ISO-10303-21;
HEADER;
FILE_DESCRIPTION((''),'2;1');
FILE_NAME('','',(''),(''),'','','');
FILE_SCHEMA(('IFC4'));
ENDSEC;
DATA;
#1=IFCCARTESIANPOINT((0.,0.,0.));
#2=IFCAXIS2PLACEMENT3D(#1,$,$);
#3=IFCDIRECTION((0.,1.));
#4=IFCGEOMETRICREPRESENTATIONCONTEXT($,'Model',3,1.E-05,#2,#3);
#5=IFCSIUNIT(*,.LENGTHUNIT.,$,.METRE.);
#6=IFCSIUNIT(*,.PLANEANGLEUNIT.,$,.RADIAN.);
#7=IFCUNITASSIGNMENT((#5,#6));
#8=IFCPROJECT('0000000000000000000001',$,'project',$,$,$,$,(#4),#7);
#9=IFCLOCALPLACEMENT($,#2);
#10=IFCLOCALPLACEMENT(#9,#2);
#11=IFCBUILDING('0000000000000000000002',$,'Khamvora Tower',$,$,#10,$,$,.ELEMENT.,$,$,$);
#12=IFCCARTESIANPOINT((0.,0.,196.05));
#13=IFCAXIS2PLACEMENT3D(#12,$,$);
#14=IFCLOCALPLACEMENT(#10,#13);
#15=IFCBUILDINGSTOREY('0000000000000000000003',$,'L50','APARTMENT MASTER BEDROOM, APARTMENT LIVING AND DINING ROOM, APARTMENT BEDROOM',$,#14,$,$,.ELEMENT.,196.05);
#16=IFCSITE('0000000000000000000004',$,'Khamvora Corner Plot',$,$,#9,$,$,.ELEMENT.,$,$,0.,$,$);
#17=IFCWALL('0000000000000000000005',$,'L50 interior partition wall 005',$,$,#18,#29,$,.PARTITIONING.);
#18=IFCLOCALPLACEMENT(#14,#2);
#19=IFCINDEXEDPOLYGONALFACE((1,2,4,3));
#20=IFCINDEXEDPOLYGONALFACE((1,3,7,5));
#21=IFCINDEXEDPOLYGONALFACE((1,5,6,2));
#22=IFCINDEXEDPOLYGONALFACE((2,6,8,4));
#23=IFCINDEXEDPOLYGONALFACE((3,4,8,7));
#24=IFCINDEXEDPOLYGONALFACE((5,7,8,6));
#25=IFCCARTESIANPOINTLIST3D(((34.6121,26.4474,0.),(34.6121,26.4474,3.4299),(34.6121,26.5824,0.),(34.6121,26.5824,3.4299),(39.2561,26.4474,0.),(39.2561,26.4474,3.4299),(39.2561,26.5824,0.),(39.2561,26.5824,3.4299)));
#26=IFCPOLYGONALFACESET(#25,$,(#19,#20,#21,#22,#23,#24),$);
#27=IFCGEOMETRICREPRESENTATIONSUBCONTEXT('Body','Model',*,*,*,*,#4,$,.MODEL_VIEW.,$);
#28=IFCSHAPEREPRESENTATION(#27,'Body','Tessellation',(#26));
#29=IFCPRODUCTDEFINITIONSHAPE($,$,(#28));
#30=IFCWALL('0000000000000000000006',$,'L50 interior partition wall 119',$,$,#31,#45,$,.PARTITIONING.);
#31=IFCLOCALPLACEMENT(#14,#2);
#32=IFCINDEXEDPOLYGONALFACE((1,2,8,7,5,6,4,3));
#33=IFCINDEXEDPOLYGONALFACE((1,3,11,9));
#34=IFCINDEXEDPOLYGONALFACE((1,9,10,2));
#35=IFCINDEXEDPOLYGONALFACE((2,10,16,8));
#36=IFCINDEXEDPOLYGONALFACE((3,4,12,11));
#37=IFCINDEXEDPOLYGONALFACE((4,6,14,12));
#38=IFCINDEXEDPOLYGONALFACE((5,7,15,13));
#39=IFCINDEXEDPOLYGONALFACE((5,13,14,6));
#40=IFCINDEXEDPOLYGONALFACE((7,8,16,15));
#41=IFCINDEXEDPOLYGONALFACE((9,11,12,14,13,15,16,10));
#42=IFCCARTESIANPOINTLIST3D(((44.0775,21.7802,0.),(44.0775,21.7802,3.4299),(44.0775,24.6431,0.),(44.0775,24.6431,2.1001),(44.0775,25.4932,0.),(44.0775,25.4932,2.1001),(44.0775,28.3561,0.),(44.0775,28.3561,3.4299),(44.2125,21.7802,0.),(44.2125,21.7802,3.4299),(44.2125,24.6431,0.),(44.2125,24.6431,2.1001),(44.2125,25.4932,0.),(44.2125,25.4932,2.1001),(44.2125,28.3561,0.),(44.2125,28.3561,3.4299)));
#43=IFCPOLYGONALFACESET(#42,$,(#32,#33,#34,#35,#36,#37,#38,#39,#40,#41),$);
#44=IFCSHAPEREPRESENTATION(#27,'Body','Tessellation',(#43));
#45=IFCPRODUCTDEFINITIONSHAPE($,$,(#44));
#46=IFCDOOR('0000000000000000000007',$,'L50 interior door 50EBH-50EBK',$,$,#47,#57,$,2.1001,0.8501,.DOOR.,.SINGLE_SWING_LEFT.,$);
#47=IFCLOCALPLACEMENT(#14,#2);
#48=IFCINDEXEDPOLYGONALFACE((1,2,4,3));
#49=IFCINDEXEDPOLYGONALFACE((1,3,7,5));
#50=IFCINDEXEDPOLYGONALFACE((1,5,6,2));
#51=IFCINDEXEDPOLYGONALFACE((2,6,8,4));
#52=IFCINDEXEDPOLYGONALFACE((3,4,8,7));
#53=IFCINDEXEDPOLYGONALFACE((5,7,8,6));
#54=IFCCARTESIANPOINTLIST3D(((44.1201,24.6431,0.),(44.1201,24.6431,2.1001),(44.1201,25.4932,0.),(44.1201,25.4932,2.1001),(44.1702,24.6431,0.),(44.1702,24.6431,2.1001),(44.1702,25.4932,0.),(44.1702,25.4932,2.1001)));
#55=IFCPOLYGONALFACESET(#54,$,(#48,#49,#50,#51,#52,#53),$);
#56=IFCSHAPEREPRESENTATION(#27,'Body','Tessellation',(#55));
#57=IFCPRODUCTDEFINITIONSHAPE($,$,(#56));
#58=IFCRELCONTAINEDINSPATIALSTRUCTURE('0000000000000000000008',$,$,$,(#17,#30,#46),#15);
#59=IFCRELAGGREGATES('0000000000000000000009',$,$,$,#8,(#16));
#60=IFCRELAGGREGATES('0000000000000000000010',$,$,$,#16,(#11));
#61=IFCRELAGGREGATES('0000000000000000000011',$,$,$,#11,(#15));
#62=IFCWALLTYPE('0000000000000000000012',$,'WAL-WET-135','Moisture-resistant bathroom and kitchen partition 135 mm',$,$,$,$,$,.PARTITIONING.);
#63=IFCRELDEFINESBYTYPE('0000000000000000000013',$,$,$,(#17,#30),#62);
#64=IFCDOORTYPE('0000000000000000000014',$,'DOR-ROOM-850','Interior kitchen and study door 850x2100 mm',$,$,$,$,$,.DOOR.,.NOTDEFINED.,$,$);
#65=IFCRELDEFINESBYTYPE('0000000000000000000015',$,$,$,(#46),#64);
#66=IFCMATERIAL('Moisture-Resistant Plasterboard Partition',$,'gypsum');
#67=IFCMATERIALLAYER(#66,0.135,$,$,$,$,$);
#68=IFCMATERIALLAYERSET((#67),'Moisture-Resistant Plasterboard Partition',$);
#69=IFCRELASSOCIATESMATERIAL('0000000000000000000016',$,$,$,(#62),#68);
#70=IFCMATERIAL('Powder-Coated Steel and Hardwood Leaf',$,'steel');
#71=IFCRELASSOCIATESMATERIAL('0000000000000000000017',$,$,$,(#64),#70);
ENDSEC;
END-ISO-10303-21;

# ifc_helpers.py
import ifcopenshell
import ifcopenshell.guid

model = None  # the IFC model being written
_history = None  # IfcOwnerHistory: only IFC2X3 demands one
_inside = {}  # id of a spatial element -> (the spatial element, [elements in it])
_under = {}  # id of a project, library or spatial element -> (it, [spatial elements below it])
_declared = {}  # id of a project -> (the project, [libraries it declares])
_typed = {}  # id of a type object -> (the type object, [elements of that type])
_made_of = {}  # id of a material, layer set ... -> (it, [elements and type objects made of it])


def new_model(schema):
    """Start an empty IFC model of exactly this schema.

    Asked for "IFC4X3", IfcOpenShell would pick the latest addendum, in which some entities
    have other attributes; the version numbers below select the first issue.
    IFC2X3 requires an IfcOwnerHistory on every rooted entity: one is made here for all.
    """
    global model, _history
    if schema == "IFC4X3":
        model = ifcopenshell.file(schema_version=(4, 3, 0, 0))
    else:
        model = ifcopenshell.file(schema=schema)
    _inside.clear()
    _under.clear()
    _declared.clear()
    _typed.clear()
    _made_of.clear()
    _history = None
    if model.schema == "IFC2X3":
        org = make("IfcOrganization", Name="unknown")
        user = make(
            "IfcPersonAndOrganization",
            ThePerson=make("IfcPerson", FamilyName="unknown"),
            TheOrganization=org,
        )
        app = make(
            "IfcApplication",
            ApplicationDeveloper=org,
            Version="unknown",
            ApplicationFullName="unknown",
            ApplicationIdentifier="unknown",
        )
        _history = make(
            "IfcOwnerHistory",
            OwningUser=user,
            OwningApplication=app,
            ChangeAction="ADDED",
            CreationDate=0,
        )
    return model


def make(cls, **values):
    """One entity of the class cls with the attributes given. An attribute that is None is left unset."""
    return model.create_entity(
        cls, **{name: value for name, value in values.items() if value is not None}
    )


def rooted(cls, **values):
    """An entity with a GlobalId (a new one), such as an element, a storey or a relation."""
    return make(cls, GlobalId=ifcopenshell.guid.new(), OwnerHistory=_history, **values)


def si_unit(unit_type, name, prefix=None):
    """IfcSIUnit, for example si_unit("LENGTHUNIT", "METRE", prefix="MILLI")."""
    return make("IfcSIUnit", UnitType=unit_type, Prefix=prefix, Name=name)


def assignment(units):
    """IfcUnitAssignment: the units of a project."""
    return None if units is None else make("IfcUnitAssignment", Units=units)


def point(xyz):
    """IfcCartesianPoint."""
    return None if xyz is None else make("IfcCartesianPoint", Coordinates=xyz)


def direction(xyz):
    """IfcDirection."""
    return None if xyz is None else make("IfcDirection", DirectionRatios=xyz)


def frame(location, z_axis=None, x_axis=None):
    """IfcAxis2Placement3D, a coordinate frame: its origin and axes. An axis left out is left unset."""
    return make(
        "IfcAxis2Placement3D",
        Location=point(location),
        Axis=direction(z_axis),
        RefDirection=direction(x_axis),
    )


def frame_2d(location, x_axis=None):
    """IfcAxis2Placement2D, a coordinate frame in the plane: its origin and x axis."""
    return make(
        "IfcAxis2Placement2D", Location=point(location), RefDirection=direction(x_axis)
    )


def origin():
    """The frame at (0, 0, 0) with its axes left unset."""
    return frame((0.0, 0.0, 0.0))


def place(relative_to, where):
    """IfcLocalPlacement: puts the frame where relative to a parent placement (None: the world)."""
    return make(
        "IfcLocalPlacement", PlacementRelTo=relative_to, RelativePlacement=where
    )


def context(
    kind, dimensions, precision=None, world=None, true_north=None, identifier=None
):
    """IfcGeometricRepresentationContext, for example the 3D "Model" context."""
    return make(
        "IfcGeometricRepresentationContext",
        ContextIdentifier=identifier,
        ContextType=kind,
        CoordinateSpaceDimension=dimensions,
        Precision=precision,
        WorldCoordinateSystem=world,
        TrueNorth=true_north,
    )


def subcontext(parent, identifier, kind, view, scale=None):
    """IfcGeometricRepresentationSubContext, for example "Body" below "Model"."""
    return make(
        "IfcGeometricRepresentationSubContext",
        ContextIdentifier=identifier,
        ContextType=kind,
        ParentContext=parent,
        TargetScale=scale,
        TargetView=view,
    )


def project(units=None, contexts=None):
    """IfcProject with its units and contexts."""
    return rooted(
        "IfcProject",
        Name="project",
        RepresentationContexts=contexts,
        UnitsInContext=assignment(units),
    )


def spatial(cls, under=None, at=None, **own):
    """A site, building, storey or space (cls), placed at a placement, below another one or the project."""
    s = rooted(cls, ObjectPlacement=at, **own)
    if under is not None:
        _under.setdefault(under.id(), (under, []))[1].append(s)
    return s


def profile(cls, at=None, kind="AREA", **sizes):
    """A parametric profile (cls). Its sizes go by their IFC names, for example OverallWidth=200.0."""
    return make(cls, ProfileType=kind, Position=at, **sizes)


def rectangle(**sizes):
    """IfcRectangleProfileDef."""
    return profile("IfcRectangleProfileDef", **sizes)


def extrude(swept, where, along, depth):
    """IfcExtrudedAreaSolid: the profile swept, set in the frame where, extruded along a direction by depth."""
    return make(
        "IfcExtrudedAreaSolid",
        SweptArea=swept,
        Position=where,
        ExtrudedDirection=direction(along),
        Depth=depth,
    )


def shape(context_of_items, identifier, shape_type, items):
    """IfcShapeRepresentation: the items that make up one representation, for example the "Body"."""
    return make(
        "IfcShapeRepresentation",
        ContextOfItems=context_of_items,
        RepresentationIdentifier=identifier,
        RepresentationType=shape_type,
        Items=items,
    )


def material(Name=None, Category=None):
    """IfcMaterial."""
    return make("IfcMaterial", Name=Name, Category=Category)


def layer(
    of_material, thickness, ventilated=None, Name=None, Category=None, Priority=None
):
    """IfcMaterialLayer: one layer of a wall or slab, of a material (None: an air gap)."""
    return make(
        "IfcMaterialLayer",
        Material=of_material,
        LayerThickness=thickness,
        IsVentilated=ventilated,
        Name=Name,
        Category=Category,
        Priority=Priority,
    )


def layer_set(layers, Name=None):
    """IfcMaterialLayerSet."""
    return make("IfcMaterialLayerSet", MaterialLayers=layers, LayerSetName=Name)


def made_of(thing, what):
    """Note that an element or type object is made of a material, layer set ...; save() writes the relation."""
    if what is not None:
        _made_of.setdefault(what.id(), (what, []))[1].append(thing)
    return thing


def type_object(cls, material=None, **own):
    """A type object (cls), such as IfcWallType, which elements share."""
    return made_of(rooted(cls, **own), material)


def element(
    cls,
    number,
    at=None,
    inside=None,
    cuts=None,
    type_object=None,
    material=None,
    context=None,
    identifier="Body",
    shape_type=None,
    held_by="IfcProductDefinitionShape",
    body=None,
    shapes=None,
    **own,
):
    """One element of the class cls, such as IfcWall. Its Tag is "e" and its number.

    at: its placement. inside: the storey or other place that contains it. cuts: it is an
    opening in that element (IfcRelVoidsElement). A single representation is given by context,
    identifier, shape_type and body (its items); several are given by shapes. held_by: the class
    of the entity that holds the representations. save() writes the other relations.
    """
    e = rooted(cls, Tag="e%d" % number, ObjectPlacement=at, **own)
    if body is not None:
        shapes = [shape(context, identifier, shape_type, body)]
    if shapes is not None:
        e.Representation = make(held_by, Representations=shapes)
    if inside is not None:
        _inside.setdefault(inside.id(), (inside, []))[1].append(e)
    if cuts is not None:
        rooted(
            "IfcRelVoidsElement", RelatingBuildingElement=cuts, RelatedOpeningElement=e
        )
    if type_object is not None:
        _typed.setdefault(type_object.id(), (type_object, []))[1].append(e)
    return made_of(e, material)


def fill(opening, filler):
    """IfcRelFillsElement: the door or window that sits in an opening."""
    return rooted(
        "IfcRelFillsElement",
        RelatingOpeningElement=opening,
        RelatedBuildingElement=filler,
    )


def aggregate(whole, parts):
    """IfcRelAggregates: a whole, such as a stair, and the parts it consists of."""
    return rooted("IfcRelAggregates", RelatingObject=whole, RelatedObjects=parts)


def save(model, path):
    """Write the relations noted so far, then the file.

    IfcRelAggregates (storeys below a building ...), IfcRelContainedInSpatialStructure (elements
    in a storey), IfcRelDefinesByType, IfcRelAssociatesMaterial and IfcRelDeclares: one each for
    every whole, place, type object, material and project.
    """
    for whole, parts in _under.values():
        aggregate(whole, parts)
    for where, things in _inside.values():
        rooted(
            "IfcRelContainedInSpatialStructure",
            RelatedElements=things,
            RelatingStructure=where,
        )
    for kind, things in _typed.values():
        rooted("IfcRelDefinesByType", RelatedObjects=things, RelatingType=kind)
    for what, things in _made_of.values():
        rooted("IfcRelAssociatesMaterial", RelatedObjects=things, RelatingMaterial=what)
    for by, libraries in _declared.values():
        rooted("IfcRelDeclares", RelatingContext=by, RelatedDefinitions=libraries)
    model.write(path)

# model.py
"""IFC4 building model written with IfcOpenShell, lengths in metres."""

from ifc_helpers import new_model, si_unit, direction, frame, frame_2d, origin, place, context, subcontext, project, spatial, rectangle, extrude, material, layer, layer_set, type_object, element, fill, save


model = new_model("IFC4")

# Units and contexts
model_context = context("Model", 3, precision=1e-05, world=origin(), true_north=direction((0.0, 1.0)))
body_context = subcontext(model_context, "Body", "Model", "MODEL_VIEW")
ifc_project = project(units=[si_unit("LENGTHUNIT", "METRE"), si_unit("PLANEANGLEUNIT", "RADIAN")], contexts=[model_context])

# Site, building, storey
site_placement = place(None, origin())
site = spatial("IfcSite", under=ifc_project, at=site_placement, Name="Khamvora Corner Plot", CompositionType="ELEMENT", RefElevation=0.0)
building_placement = place(site_placement, origin())
building = spatial("IfcBuilding", under=site, at=building_placement, Name="Khamvora Tower", CompositionType="ELEMENT")
storey_placement = place(building_placement, frame((0.0, 0.0, 196.05)))
storey = spatial("IfcBuildingStorey", under=building, at=storey_placement, Name="L50", Description="APARTMENT MASTER BEDROOM, APARTMENT LIVING AND DINING ROOM, APARTMENT BEDROOM", CompositionType="ELEMENT", Elevation=196.05)

# Shared definitions
ifc_material_1 = material(Name="Powder-Coated Steel and Hardwood Leaf", Category="steel")

# Wall
ifc_material_2 = material(Name="Moisture-Resistant Plasterboard Partition", Category="gypsum")
ifc_layer_1 = layer(ifc_material_2, 0.135)
ifc_layer_set_1 = layer_set([ifc_layer_1], Name="Moisture-Resistant Plasterboard Partition")
wall_type_1 = type_object("IfcWallType", Name="WAL-WET-135", Description="Moisture-resistant bathroom and kitchen partition 135 mm", PredefinedType="PARTITIONING", material=ifc_layer_set_1)
wall_1_placement = place(storey_placement, frame((34.6121, 26.5149, 0.0), z_axis=(0.0, 0.0, 1.0), x_axis=(1.0, 0.0, 0.0)))
element("IfcWall", 1, at=wall_1_placement, inside=storey, type_object=wall_type_1, Name="L50 interior partition wall 005", PredefinedType="PARTITIONING", context=body_context, shape_type="SweptSolid", body=[
    extrude(rectangle(XDim=4.644, YDim=0.135, at=frame_2d((2.322, 0.0))), origin(), (0.0, 0.0, 1.0), 3.4299),
])

# Wall, opening, door
wall_2_placement = place(storey_placement, frame((44.145, 21.78, 0.0), z_axis=(0.0, 0.0, 1.0), x_axis=(0.0, 1.0, 0.0)))
wall_2 = element("IfcWall", 2, at=wall_2_placement, inside=storey, type_object=wall_type_1, Name="L50 interior partition wall 119", PredefinedType="PARTITIONING", context=body_context, shape_type="SweptSolid", body=[
    extrude(rectangle(XDim=6.5759, YDim=0.135, at=frame_2d((3.2881, 0.0))), origin(), (0.0, 0.0, 1.0), 3.4299),
])
opening_1_placement = place(wall_2_placement, frame((2.863, 0.0, 0.0)))
opening_1 = element("IfcOpeningElement", 3, at=opening_1_placement, cuts=wall_2, PredefinedType="OPENING", context=body_context, shape_type="SweptSolid", body=[
    extrude(rectangle(XDim=0.8501, YDim=2.1001, at=frame_2d((0.425, 1.05))), frame((0.0, 0.0774, 0.0), z_axis=(0.0, -1.0, 0.0), x_axis=(1.0, 0.0, 0.0)), (0.0, 0.0, 1.0), 0.155),
])
door_type_1 = type_object("IfcDoorType", Name="DOR-ROOM-850", Description="Interior kitchen and study door 850x2100 mm", OperationType="NOTDEFINED", PredefinedType="DOOR", material=ifc_material_1)
door_1_placement = place(opening_1_placement, origin())
door_1 = element("IfcDoor", 4, at=door_1_placement, inside=storey, type_object=door_type_1, Name="L50 interior door 50EBH-50EBK", OperationType="SINGLE_SWING_LEFT", OverallHeight=2.1001, OverallWidth=0.8501, PredefinedType="DOOR", context=body_context, shape_type="SweptSolid", body=[
    extrude(rectangle(XDim=0.8501, YDim=2.1001, at=frame_2d((0.425, 1.05))), frame((0.0, 0.0249, 0.0), z_axis=(0.0, -1.0, 0.0), x_axis=(1.0, 0.0, 0.0)), (0.0, 0.0, 1.0), 0.05),
])
fill(opening_1, door_1)

save(model, "model.ifc")
